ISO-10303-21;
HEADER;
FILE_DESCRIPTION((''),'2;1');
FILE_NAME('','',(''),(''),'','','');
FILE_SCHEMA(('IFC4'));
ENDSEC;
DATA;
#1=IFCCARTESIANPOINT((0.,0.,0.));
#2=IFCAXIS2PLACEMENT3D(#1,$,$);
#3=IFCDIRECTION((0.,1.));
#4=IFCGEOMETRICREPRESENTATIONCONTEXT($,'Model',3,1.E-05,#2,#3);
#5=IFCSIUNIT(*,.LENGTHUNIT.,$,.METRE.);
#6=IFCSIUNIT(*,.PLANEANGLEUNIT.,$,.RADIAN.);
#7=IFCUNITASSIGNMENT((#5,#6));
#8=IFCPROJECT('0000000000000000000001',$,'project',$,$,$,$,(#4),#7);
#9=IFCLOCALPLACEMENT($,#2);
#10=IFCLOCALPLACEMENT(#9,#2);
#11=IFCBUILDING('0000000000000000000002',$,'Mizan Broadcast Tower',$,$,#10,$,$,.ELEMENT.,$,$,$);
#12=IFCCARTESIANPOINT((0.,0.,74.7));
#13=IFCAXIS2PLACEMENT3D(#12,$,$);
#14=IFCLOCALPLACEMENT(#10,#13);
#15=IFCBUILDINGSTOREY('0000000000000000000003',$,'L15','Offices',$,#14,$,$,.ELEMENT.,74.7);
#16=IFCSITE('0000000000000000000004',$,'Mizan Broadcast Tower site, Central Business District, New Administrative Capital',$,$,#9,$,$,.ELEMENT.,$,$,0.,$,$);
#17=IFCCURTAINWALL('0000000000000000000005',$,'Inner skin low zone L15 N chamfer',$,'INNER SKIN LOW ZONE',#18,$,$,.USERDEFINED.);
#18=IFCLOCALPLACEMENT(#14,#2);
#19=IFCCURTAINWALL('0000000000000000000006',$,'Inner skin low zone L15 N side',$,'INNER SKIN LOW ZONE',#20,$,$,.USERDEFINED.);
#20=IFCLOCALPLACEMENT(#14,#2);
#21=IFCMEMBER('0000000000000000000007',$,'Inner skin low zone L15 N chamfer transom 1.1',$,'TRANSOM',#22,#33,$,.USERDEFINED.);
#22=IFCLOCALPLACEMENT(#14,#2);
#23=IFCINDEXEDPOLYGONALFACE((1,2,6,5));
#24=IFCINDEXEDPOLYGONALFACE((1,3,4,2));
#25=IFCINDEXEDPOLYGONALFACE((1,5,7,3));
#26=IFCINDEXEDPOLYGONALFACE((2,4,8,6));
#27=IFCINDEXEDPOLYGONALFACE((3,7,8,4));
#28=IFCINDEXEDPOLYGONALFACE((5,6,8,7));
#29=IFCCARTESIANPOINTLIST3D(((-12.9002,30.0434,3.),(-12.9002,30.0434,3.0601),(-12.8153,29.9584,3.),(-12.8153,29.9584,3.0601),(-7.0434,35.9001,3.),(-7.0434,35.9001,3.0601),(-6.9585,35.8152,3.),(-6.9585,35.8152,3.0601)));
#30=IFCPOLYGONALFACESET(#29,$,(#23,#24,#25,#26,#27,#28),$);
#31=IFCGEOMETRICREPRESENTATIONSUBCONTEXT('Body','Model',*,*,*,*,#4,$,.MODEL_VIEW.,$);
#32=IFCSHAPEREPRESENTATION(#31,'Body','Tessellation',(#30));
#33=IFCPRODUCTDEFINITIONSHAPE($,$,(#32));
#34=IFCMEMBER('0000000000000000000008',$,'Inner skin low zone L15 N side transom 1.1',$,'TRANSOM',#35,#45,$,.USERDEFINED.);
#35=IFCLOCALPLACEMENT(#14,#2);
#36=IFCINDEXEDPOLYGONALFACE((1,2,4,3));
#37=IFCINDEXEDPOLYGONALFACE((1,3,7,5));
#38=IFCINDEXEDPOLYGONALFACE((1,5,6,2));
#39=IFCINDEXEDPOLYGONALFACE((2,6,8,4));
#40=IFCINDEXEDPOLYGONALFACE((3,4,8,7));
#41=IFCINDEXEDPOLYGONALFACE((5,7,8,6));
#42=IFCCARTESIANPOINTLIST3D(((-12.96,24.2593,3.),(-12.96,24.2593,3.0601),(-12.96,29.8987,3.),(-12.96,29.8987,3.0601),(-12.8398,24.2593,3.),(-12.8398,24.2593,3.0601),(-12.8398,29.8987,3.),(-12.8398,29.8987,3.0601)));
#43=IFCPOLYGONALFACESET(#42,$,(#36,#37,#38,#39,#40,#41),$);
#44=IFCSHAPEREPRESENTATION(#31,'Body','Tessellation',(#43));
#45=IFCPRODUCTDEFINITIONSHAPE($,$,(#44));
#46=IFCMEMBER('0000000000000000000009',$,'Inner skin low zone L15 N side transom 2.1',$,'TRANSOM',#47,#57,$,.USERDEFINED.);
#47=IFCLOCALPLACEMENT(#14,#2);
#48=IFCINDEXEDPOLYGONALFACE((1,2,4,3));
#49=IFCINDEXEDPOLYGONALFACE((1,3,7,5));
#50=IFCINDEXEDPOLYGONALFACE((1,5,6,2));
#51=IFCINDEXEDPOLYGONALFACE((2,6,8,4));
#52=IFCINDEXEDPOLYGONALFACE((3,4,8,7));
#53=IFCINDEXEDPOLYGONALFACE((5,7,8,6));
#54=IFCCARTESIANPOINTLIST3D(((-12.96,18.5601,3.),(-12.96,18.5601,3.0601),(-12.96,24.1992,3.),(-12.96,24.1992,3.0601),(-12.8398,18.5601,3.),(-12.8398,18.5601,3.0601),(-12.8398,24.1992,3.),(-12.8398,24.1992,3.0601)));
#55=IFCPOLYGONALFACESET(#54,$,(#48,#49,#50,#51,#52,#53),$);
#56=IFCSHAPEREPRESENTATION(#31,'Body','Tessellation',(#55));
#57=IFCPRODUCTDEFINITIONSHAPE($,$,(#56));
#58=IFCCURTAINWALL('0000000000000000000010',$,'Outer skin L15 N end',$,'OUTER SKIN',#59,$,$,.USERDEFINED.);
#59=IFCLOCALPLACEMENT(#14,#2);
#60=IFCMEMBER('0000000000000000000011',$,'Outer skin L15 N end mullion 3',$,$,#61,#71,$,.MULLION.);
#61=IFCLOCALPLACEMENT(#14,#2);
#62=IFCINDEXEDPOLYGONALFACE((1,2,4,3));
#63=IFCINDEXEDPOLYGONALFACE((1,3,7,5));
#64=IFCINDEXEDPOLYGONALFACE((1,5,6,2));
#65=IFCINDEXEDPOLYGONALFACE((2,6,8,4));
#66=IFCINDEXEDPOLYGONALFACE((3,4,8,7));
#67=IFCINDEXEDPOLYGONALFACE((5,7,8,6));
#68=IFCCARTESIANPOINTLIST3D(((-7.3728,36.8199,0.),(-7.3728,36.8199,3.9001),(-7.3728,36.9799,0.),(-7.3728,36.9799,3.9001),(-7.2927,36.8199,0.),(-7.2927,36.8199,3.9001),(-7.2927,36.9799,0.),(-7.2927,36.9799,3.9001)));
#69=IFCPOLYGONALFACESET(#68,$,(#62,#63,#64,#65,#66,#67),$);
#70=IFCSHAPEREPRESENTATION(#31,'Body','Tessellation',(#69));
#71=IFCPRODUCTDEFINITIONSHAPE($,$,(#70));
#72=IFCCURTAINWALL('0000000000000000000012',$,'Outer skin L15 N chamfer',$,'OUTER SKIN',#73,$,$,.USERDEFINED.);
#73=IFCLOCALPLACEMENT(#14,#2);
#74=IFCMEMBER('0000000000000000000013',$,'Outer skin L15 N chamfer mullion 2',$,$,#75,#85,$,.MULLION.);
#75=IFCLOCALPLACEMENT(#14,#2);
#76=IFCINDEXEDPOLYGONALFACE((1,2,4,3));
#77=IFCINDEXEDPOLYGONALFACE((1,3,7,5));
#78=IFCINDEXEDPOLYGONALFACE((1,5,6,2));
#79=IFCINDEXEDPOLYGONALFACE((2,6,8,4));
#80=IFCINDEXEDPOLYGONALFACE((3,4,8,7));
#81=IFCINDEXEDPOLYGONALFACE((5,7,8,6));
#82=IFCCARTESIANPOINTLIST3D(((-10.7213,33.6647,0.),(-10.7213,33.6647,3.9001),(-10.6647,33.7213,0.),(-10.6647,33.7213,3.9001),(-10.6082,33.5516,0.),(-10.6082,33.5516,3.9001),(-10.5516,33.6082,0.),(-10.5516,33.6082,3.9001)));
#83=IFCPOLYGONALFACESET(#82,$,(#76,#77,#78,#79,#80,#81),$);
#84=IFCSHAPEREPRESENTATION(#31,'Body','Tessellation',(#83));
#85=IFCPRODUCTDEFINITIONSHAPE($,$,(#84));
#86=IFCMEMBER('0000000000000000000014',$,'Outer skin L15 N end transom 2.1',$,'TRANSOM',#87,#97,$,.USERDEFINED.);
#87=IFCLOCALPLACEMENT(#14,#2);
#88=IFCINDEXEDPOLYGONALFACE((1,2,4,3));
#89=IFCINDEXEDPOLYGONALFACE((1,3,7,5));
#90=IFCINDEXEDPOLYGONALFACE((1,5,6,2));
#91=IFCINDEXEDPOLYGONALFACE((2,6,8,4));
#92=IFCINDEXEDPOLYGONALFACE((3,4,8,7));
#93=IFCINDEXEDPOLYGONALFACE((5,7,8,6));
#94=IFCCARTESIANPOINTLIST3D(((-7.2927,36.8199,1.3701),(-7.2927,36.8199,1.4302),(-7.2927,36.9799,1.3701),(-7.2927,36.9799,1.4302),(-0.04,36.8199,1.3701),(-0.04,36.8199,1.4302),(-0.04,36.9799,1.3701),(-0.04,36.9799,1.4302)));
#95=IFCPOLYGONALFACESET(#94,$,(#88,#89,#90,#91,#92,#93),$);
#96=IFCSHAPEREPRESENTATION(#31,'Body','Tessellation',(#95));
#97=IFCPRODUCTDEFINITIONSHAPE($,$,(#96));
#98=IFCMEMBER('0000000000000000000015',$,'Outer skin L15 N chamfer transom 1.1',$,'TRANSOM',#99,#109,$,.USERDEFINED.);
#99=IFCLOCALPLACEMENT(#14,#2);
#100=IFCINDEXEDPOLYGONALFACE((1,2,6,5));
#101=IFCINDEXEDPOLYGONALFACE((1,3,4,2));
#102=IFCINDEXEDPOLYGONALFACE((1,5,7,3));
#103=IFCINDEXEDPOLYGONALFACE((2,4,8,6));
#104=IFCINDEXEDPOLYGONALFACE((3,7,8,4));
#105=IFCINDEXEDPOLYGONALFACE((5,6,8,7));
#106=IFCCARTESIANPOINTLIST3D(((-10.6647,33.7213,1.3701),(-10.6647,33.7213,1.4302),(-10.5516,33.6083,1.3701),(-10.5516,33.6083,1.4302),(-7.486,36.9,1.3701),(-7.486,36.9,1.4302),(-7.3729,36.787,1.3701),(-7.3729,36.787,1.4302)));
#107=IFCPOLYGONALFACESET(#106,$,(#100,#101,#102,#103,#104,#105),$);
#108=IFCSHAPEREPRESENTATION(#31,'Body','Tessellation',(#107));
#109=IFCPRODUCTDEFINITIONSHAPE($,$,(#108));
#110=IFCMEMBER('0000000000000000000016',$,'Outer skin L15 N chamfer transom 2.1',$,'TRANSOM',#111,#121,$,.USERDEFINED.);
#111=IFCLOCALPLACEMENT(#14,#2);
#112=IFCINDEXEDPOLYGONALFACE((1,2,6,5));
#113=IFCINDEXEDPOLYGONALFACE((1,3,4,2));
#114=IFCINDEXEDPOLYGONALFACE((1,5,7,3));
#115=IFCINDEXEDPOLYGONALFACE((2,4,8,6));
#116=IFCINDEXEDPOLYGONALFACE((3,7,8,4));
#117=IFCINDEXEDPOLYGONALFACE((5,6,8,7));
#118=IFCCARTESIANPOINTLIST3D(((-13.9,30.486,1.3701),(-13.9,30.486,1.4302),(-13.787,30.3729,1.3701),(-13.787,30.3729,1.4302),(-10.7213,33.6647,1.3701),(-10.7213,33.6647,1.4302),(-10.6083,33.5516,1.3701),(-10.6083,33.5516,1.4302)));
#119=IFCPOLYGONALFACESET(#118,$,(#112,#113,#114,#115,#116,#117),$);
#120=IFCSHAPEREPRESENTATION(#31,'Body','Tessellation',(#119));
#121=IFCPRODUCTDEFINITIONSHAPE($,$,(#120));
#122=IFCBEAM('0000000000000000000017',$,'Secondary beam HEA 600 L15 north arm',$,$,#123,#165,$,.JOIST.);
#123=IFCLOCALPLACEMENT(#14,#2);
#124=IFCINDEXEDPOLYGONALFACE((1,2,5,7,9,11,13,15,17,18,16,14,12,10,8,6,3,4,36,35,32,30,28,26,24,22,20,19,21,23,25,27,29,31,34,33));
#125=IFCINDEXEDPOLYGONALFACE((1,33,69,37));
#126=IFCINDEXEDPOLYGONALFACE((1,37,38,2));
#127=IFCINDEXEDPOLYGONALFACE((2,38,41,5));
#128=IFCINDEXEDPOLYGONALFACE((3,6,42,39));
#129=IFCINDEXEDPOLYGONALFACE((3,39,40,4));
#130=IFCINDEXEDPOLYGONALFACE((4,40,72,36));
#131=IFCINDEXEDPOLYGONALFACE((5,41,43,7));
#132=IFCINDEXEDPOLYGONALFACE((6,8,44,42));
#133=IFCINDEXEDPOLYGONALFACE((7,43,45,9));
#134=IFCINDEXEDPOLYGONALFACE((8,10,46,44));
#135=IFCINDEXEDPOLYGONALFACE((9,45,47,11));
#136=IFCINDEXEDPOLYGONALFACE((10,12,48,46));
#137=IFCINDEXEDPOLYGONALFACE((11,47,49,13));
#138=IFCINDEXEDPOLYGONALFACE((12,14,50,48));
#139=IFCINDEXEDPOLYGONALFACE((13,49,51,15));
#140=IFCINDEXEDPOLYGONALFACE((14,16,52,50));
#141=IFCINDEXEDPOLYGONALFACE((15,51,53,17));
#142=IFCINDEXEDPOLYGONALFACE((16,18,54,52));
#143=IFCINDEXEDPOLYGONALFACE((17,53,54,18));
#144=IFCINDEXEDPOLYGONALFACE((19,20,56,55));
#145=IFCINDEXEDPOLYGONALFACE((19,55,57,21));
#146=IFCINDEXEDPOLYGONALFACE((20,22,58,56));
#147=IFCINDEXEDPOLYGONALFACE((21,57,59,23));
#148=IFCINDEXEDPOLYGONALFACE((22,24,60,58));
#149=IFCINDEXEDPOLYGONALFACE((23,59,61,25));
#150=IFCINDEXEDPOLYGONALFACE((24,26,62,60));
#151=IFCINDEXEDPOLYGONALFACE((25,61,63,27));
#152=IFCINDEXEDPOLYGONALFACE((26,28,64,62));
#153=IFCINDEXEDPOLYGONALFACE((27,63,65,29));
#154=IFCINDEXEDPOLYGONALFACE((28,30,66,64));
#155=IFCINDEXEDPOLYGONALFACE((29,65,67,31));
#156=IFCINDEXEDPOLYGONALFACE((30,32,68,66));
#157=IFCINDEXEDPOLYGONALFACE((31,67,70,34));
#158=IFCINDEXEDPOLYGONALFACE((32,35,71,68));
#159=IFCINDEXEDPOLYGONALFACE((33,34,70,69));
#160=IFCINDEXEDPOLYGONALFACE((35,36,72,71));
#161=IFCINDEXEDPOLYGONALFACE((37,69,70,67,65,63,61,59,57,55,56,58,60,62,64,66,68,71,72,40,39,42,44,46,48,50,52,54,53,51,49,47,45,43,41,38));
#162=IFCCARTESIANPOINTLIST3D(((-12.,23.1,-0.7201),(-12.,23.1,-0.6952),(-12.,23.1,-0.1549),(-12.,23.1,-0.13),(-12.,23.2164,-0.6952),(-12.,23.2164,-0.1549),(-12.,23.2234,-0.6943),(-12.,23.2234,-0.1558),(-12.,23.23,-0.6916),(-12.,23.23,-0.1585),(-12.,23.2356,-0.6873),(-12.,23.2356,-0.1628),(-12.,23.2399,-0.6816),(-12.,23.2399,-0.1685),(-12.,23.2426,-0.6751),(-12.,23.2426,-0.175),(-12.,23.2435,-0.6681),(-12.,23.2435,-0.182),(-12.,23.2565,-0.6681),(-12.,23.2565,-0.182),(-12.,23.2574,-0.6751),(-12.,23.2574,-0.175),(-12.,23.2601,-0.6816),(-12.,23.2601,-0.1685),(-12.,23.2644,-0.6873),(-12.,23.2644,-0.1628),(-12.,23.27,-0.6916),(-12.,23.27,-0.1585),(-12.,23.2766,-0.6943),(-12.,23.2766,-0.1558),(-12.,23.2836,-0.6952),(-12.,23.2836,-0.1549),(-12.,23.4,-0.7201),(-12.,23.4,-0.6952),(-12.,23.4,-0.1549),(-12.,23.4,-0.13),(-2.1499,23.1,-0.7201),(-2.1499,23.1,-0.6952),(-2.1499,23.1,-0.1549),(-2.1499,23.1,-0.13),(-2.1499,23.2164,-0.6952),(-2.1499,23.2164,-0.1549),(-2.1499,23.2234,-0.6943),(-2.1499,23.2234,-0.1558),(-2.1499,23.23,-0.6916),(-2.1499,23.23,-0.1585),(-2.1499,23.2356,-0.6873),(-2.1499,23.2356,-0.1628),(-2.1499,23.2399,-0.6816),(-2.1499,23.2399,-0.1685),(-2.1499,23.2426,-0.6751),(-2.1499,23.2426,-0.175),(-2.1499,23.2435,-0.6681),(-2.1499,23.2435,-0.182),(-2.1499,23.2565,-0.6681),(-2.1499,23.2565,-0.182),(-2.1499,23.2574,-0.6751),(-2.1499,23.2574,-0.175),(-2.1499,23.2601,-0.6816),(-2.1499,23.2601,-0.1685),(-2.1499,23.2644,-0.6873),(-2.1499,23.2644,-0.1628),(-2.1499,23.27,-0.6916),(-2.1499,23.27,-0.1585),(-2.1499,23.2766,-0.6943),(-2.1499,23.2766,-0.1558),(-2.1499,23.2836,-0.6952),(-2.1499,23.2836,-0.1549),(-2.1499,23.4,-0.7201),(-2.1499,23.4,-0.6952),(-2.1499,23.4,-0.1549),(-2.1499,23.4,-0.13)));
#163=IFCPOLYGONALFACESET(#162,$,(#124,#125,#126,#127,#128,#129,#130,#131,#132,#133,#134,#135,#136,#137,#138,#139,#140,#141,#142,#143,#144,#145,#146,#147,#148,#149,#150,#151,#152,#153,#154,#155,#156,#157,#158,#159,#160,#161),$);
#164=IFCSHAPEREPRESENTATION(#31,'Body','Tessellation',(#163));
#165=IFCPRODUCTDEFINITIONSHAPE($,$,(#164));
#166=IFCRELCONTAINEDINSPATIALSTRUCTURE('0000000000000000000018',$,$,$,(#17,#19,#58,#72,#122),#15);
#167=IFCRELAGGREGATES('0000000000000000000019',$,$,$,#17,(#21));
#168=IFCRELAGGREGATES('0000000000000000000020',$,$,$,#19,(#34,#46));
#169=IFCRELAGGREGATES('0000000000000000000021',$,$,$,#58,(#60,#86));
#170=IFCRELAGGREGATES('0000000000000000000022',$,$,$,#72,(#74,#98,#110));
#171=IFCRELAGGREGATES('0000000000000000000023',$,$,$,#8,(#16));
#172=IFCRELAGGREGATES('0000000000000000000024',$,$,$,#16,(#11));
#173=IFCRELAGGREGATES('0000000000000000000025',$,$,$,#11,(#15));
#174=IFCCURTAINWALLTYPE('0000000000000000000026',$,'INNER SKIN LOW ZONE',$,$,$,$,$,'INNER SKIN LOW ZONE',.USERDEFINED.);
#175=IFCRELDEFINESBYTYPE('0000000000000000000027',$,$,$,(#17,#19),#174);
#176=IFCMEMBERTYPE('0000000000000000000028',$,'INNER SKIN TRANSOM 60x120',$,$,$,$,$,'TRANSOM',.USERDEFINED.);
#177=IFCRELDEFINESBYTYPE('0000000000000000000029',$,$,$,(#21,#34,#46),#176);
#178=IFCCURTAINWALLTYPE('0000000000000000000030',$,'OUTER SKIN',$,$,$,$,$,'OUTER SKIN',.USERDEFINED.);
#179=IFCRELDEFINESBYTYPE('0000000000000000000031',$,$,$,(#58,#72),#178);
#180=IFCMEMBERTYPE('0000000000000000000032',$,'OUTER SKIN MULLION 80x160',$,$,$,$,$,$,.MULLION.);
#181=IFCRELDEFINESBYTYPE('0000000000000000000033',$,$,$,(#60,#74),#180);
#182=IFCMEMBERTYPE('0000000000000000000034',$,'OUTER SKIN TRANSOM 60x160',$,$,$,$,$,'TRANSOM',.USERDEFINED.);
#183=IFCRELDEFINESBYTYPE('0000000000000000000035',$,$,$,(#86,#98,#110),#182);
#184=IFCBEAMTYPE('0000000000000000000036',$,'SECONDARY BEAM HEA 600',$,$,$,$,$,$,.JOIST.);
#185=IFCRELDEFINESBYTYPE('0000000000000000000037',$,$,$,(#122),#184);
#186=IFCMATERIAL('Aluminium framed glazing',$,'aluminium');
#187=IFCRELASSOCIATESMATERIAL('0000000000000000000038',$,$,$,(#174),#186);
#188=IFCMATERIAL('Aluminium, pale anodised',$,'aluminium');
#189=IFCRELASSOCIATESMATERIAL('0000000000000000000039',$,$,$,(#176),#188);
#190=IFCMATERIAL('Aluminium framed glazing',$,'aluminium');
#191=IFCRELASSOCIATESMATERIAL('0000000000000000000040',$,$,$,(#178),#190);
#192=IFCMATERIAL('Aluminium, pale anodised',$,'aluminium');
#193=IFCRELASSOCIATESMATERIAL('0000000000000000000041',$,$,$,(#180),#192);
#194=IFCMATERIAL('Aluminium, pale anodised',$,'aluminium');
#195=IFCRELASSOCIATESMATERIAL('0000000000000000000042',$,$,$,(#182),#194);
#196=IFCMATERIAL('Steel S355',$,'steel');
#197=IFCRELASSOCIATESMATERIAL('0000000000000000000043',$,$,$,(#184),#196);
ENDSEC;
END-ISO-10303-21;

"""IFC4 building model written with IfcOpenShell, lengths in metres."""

from ifc_helpers import new_model, si_unit, direction, frame, origin, origin_2d, place, context, subcontext, project, spatial, rectangle, i_section, extrude, material, material_profile, profile_set, type_object, element, aggregate, save


model = new_model("IFC4")

# Units and contexts
model_context = context("Model", 3, precision=1e-05, world=origin(), true_north=direction((0.0, 1.0)))
body_context = subcontext(model_context, "Body", "Model", "MODEL_VIEW")
ifc_project = project(units=[si_unit("LENGTHUNIT", "METRE"), si_unit("PLANEANGLEUNIT", "RADIAN")], contexts=[model_context])

# Site, building, storey
site_placement = place(None, origin())
site = spatial("IfcSite", under=ifc_project, at=site_placement, Name="Mizan Broadcast Tower site, Central Business District, New Administrative Capital", CompositionType="ELEMENT", RefElevation=0.0)
building_placement = place(site_placement, origin())
building = spatial("IfcBuilding", under=site, at=building_placement, Name="Mizan Broadcast Tower", CompositionType="ELEMENT")
storey_placement = place(building_placement, frame((0.0, 0.0, 74.7)))
storey = spatial("IfcBuildingStorey", under=building, at=storey_placement, Name="L15", Description="Offices", CompositionType="ELEMENT", Elevation=74.7)

# Curtain walls
ifc_material_1 = material(Name="Aluminium framed glazing", Category="aluminium")
curtain_wall_type_1 = type_object("IfcCurtainWallType", Name="INNER SKIN LOW ZONE", ElementType="INNER SKIN LOW ZONE", PredefinedType="USERDEFINED", material=ifc_material_1)
curtain_wall_1_placement = place(storey_placement, origin())
curtain_wall_1 = element("IfcCurtainWall", 1, at=curtain_wall_1_placement, inside=storey, type_object=curtain_wall_type_1, Name="Inner skin low zone L15 N chamfer", ObjectType="INNER SKIN LOW ZONE", PredefinedType="USERDEFINED")
curtain_wall_2_placement = place(storey_placement, origin())
curtain_wall_2 = element("IfcCurtainWall", 2, at=curtain_wall_2_placement, inside=storey, type_object=curtain_wall_type_1, Name="Inner skin low zone L15 N side", ObjectType="INNER SKIN LOW ZONE", PredefinedType="USERDEFINED")

# Members
ifc_material_2 = material(Name="Aluminium, pale anodised", Category="aluminium")
ifc_material_profile_1 = material_profile(ifc_material_2, rectangle(XDim=0.1201, YDim=0.0601, at=origin_2d()), Name="TRANSOM 120x60")
ifc_profile_set_1 = profile_set([ifc_material_profile_1], Name="Aluminium, pale anodised")
member_type_1 = type_object("IfcMemberType", Name="INNER SKIN TRANSOM 60x120", ElementType="TRANSOM", PredefinedType="USERDEFINED", material=ifc_profile_set_1)
member_1_placement = place(storey_placement, frame((-7.001, 35.8577, 3.03), z_axis=(-0.707107, -0.707107, 0.0), x_axis=(0.707107, -0.707107, 0.0)))
member_1 = element("IfcMember", 3, at=member_1_placement, type_object=member_type_1, Name="Inner skin low zone L15 N chamfer transom 1.1", ObjectType="TRANSOM", PredefinedType="USERDEFINED", context=body_context, shape_type="SweptSolid", body=[
    extrude(rectangle(XDim=0.1201, YDim=0.0601, at=origin_2d()), origin(), (0.0, 0.0, 1.0), 8.2827),
])
member_2_placement = place(storey_placement, frame((-12.8999, 29.8987, 3.03), z_axis=(0.0, -1.0, 0.0), x_axis=(1.0, 0.0, 0.0)))
member_2 = element("IfcMember", 4, at=member_2_placement, type_object=member_type_1, Name="Inner skin low zone L15 N side transom 1.1", ObjectType="TRANSOM", PredefinedType="USERDEFINED", context=body_context, shape_type="SweptSolid", body=[
    extrude(rectangle(XDim=0.1201, YDim=0.0601, at=origin_2d()), origin(), (0.0, 0.0, 1.0), 5.6394),
])
member_3_placement = place(storey_placement, frame((-12.8999, 24.1992, 3.03), z_axis=(0.0, -1.0, 0.0), x_axis=(1.0, 0.0, 0.0)))
member_3 = element("IfcMember", 5, at=member_3_placement, type_object=member_type_1, Name="Inner skin low zone L15 N side transom 2.1", ObjectType="TRANSOM", PredefinedType="USERDEFINED", context=body_context, shape_type="SweptSolid", body=[
    extrude(rectangle(XDim=0.1201, YDim=0.0601, at=origin_2d()), origin(), (0.0, 0.0, 1.0), 5.6392),
])

# Curtain walls, members
ifc_material_3 = material(Name="Aluminium framed glazing", Category="aluminium")
curtain_wall_type_2 = type_object("IfcCurtainWallType", Name="OUTER SKIN", ElementType="OUTER SKIN", PredefinedType="USERDEFINED", material=ifc_material_3)
curtain_wall_3_placement = place(storey_placement, origin())
curtain_wall_3 = element("IfcCurtainWall", 6, at=curtain_wall_3_placement, inside=storey, type_object=curtain_wall_type_2, Name="Outer skin L15 N end", ObjectType="OUTER SKIN", PredefinedType="USERDEFINED")
ifc_material_4 = material(Name="Aluminium, pale anodised", Category="aluminium")
ifc_material_profile_2 = material_profile(ifc_material_4, rectangle(XDim=0.1599, YDim=0.0801, at=origin_2d()), Name="MULLION 160x80")
ifc_profile_set_2 = profile_set([ifc_material_profile_2], Name="Aluminium, pale anodised")
member_type_2 = type_object("IfcMemberType", Name="OUTER SKIN MULLION 80x160", PredefinedType="MULLION", material=ifc_profile_set_2)
member_4_placement = place(storey_placement, frame((-7.3328, 36.8999, 0.0), z_axis=(0.0, 0.0, 1.0), x_axis=(0.0, -1.0, 0.0)))
member_4 = element("IfcMember", 7, at=member_4_placement, type_object=member_type_2, Name="Outer skin L15 N end mullion 3", PredefinedType="MULLION", context=body_context, shape_type="SweptSolid", body=[
    extrude(rectangle(XDim=0.1599, YDim=0.0801, at=origin_2d()), origin(), (0.0, 0.0, 1.0), 3.9001),
])
curtain_wall_4_placement = place(storey_placement, origin())
curtain_wall_4 = element("IfcCurtainWall", 8, at=curtain_wall_4_placement, inside=storey, type_object=curtain_wall_type_2, Name="Outer skin L15 N chamfer", ObjectType="OUTER SKIN", PredefinedType="USERDEFINED")
member_5_placement = place(storey_placement, frame((-10.6365, 33.6365, 0.0), z_axis=(0.0, 0.0, 1.0), x_axis=(0.707107, -0.707107, 0.0)))
member_5 = element("IfcMember", 9, at=member_5_placement, type_object=member_type_2, Name="Outer skin L15 N chamfer mullion 2", PredefinedType="MULLION", context=body_context, shape_type="SweptSolid", body=[
    extrude(rectangle(XDim=0.1599, YDim=0.0801, at=origin_2d()), origin(), (0.0, 0.0, 1.0), 3.9001),
])

# Members
ifc_material_5 = material(Name="Aluminium, pale anodised", Category="aluminium")
ifc_material_profile_3 = material_profile(ifc_material_5, rectangle(XDim=0.1599, YDim=0.0601, at=origin_2d()), Name="TRANSOM 160x60")
ifc_profile_set_3 = profile_set([ifc_material_profile_3], Name="Aluminium, pale anodised")
member_type_3 = type_object("IfcMemberType", Name="OUTER SKIN TRANSOM 60x160", ElementType="TRANSOM", PredefinedType="USERDEFINED", material=ifc_profile_set_3)
member_6_placement = place(storey_placement, frame((-0.04, 36.8999, 1.4001), z_axis=(-1.0, 0.0, 0.0), x_axis=(0.0, -1.0, 0.0)))
member_6 = element("IfcMember", 10, at=member_6_placement, type_object=member_type_3, Name="Outer skin L15 N end transom 2.1", ObjectType="TRANSOM", PredefinedType="USERDEFINED", context=body_context, shape_type="SweptSolid", body=[
    extrude(rectangle(XDim=0.1599, YDim=0.0601, at=origin_2d()), origin(), (0.0, 0.0, 1.0), 7.2527),
])
member_7_placement = place(storey_placement, frame((-7.4294, 36.8435, 1.4001), z_axis=(-0.707107, -0.707107, 0.0), x_axis=(0.707107, -0.707107, 0.0)))
member_7 = element("IfcMember", 11, at=member_7_placement, type_object=member_type_3, Name="Outer skin L15 N chamfer transom 1.1", ObjectType="TRANSOM", PredefinedType="USERDEFINED", context=body_context, shape_type="SweptSolid", body=[
    extrude(rectangle(XDim=0.1599, YDim=0.0601, at=origin_2d()), origin(), (0.0, 0.0, 1.0), 4.4954),
])
member_8_placement = place(storey_placement, frame((-10.6648, 33.6082, 1.4001), z_axis=(-0.707107, -0.707107, 0.0), x_axis=(0.707107, -0.707107, 0.0)))
member_8 = element("IfcMember", 12, at=member_8_placement, type_object=member_type_3, Name="Outer skin L15 N chamfer transom 2.1", ObjectType="TRANSOM", PredefinedType="USERDEFINED", context=body_context, shape_type="SweptSolid", body=[
    extrude(rectangle(XDim=0.1599, YDim=0.0601, at=origin_2d()), origin(), (0.0, 0.0, 1.0), 4.4954),
])

# Beam
ifc_material_6 = material(Name="Steel S355", Category="steel")
ifc_material_profile_4 = material_profile(ifc_material_6, i_section(OverallWidth=0.3, OverallDepth=0.5901, WebThickness=0.0129, FlangeThickness=0.0249, FilletRadius=0.0271, at=origin_2d()), Name="HEA 600")
ifc_profile_set_4 = profile_set([ifc_material_profile_4], Name="Steel S355")
beam_type_1 = type_object("IfcBeamType", Name="SECONDARY BEAM HEA 600", PredefinedType="JOIST", material=ifc_profile_set_4)
beam_1_placement = place(storey_placement, frame((-12.0, 23.25, -0.425), z_axis=(1.0, 0.0, 0.0), x_axis=(0.0, 1.0, 0.0)))
element("IfcBeam", 13, at=beam_1_placement, inside=storey, type_object=beam_type_1, Name="Secondary beam HEA 600 L15 north arm", PredefinedType="JOIST", context=body_context, shape_type="SweptSolid", body=[
    extrude(i_section(OverallWidth=0.3, OverallDepth=0.5901, WebThickness=0.0129, FlangeThickness=0.0249, FilletRadius=0.0271, at=origin_2d()), origin(), (0.0, 0.0, 1.0), 9.8501),
])

aggregate(curtain_wall_1, [member_1])
aggregate(curtain_wall_2, [member_2, member_3])
aggregate(curtain_wall_3, [member_4, member_6])
aggregate(curtain_wall_4, [member_5, member_7, member_8])

save(model, "model.ifc")
